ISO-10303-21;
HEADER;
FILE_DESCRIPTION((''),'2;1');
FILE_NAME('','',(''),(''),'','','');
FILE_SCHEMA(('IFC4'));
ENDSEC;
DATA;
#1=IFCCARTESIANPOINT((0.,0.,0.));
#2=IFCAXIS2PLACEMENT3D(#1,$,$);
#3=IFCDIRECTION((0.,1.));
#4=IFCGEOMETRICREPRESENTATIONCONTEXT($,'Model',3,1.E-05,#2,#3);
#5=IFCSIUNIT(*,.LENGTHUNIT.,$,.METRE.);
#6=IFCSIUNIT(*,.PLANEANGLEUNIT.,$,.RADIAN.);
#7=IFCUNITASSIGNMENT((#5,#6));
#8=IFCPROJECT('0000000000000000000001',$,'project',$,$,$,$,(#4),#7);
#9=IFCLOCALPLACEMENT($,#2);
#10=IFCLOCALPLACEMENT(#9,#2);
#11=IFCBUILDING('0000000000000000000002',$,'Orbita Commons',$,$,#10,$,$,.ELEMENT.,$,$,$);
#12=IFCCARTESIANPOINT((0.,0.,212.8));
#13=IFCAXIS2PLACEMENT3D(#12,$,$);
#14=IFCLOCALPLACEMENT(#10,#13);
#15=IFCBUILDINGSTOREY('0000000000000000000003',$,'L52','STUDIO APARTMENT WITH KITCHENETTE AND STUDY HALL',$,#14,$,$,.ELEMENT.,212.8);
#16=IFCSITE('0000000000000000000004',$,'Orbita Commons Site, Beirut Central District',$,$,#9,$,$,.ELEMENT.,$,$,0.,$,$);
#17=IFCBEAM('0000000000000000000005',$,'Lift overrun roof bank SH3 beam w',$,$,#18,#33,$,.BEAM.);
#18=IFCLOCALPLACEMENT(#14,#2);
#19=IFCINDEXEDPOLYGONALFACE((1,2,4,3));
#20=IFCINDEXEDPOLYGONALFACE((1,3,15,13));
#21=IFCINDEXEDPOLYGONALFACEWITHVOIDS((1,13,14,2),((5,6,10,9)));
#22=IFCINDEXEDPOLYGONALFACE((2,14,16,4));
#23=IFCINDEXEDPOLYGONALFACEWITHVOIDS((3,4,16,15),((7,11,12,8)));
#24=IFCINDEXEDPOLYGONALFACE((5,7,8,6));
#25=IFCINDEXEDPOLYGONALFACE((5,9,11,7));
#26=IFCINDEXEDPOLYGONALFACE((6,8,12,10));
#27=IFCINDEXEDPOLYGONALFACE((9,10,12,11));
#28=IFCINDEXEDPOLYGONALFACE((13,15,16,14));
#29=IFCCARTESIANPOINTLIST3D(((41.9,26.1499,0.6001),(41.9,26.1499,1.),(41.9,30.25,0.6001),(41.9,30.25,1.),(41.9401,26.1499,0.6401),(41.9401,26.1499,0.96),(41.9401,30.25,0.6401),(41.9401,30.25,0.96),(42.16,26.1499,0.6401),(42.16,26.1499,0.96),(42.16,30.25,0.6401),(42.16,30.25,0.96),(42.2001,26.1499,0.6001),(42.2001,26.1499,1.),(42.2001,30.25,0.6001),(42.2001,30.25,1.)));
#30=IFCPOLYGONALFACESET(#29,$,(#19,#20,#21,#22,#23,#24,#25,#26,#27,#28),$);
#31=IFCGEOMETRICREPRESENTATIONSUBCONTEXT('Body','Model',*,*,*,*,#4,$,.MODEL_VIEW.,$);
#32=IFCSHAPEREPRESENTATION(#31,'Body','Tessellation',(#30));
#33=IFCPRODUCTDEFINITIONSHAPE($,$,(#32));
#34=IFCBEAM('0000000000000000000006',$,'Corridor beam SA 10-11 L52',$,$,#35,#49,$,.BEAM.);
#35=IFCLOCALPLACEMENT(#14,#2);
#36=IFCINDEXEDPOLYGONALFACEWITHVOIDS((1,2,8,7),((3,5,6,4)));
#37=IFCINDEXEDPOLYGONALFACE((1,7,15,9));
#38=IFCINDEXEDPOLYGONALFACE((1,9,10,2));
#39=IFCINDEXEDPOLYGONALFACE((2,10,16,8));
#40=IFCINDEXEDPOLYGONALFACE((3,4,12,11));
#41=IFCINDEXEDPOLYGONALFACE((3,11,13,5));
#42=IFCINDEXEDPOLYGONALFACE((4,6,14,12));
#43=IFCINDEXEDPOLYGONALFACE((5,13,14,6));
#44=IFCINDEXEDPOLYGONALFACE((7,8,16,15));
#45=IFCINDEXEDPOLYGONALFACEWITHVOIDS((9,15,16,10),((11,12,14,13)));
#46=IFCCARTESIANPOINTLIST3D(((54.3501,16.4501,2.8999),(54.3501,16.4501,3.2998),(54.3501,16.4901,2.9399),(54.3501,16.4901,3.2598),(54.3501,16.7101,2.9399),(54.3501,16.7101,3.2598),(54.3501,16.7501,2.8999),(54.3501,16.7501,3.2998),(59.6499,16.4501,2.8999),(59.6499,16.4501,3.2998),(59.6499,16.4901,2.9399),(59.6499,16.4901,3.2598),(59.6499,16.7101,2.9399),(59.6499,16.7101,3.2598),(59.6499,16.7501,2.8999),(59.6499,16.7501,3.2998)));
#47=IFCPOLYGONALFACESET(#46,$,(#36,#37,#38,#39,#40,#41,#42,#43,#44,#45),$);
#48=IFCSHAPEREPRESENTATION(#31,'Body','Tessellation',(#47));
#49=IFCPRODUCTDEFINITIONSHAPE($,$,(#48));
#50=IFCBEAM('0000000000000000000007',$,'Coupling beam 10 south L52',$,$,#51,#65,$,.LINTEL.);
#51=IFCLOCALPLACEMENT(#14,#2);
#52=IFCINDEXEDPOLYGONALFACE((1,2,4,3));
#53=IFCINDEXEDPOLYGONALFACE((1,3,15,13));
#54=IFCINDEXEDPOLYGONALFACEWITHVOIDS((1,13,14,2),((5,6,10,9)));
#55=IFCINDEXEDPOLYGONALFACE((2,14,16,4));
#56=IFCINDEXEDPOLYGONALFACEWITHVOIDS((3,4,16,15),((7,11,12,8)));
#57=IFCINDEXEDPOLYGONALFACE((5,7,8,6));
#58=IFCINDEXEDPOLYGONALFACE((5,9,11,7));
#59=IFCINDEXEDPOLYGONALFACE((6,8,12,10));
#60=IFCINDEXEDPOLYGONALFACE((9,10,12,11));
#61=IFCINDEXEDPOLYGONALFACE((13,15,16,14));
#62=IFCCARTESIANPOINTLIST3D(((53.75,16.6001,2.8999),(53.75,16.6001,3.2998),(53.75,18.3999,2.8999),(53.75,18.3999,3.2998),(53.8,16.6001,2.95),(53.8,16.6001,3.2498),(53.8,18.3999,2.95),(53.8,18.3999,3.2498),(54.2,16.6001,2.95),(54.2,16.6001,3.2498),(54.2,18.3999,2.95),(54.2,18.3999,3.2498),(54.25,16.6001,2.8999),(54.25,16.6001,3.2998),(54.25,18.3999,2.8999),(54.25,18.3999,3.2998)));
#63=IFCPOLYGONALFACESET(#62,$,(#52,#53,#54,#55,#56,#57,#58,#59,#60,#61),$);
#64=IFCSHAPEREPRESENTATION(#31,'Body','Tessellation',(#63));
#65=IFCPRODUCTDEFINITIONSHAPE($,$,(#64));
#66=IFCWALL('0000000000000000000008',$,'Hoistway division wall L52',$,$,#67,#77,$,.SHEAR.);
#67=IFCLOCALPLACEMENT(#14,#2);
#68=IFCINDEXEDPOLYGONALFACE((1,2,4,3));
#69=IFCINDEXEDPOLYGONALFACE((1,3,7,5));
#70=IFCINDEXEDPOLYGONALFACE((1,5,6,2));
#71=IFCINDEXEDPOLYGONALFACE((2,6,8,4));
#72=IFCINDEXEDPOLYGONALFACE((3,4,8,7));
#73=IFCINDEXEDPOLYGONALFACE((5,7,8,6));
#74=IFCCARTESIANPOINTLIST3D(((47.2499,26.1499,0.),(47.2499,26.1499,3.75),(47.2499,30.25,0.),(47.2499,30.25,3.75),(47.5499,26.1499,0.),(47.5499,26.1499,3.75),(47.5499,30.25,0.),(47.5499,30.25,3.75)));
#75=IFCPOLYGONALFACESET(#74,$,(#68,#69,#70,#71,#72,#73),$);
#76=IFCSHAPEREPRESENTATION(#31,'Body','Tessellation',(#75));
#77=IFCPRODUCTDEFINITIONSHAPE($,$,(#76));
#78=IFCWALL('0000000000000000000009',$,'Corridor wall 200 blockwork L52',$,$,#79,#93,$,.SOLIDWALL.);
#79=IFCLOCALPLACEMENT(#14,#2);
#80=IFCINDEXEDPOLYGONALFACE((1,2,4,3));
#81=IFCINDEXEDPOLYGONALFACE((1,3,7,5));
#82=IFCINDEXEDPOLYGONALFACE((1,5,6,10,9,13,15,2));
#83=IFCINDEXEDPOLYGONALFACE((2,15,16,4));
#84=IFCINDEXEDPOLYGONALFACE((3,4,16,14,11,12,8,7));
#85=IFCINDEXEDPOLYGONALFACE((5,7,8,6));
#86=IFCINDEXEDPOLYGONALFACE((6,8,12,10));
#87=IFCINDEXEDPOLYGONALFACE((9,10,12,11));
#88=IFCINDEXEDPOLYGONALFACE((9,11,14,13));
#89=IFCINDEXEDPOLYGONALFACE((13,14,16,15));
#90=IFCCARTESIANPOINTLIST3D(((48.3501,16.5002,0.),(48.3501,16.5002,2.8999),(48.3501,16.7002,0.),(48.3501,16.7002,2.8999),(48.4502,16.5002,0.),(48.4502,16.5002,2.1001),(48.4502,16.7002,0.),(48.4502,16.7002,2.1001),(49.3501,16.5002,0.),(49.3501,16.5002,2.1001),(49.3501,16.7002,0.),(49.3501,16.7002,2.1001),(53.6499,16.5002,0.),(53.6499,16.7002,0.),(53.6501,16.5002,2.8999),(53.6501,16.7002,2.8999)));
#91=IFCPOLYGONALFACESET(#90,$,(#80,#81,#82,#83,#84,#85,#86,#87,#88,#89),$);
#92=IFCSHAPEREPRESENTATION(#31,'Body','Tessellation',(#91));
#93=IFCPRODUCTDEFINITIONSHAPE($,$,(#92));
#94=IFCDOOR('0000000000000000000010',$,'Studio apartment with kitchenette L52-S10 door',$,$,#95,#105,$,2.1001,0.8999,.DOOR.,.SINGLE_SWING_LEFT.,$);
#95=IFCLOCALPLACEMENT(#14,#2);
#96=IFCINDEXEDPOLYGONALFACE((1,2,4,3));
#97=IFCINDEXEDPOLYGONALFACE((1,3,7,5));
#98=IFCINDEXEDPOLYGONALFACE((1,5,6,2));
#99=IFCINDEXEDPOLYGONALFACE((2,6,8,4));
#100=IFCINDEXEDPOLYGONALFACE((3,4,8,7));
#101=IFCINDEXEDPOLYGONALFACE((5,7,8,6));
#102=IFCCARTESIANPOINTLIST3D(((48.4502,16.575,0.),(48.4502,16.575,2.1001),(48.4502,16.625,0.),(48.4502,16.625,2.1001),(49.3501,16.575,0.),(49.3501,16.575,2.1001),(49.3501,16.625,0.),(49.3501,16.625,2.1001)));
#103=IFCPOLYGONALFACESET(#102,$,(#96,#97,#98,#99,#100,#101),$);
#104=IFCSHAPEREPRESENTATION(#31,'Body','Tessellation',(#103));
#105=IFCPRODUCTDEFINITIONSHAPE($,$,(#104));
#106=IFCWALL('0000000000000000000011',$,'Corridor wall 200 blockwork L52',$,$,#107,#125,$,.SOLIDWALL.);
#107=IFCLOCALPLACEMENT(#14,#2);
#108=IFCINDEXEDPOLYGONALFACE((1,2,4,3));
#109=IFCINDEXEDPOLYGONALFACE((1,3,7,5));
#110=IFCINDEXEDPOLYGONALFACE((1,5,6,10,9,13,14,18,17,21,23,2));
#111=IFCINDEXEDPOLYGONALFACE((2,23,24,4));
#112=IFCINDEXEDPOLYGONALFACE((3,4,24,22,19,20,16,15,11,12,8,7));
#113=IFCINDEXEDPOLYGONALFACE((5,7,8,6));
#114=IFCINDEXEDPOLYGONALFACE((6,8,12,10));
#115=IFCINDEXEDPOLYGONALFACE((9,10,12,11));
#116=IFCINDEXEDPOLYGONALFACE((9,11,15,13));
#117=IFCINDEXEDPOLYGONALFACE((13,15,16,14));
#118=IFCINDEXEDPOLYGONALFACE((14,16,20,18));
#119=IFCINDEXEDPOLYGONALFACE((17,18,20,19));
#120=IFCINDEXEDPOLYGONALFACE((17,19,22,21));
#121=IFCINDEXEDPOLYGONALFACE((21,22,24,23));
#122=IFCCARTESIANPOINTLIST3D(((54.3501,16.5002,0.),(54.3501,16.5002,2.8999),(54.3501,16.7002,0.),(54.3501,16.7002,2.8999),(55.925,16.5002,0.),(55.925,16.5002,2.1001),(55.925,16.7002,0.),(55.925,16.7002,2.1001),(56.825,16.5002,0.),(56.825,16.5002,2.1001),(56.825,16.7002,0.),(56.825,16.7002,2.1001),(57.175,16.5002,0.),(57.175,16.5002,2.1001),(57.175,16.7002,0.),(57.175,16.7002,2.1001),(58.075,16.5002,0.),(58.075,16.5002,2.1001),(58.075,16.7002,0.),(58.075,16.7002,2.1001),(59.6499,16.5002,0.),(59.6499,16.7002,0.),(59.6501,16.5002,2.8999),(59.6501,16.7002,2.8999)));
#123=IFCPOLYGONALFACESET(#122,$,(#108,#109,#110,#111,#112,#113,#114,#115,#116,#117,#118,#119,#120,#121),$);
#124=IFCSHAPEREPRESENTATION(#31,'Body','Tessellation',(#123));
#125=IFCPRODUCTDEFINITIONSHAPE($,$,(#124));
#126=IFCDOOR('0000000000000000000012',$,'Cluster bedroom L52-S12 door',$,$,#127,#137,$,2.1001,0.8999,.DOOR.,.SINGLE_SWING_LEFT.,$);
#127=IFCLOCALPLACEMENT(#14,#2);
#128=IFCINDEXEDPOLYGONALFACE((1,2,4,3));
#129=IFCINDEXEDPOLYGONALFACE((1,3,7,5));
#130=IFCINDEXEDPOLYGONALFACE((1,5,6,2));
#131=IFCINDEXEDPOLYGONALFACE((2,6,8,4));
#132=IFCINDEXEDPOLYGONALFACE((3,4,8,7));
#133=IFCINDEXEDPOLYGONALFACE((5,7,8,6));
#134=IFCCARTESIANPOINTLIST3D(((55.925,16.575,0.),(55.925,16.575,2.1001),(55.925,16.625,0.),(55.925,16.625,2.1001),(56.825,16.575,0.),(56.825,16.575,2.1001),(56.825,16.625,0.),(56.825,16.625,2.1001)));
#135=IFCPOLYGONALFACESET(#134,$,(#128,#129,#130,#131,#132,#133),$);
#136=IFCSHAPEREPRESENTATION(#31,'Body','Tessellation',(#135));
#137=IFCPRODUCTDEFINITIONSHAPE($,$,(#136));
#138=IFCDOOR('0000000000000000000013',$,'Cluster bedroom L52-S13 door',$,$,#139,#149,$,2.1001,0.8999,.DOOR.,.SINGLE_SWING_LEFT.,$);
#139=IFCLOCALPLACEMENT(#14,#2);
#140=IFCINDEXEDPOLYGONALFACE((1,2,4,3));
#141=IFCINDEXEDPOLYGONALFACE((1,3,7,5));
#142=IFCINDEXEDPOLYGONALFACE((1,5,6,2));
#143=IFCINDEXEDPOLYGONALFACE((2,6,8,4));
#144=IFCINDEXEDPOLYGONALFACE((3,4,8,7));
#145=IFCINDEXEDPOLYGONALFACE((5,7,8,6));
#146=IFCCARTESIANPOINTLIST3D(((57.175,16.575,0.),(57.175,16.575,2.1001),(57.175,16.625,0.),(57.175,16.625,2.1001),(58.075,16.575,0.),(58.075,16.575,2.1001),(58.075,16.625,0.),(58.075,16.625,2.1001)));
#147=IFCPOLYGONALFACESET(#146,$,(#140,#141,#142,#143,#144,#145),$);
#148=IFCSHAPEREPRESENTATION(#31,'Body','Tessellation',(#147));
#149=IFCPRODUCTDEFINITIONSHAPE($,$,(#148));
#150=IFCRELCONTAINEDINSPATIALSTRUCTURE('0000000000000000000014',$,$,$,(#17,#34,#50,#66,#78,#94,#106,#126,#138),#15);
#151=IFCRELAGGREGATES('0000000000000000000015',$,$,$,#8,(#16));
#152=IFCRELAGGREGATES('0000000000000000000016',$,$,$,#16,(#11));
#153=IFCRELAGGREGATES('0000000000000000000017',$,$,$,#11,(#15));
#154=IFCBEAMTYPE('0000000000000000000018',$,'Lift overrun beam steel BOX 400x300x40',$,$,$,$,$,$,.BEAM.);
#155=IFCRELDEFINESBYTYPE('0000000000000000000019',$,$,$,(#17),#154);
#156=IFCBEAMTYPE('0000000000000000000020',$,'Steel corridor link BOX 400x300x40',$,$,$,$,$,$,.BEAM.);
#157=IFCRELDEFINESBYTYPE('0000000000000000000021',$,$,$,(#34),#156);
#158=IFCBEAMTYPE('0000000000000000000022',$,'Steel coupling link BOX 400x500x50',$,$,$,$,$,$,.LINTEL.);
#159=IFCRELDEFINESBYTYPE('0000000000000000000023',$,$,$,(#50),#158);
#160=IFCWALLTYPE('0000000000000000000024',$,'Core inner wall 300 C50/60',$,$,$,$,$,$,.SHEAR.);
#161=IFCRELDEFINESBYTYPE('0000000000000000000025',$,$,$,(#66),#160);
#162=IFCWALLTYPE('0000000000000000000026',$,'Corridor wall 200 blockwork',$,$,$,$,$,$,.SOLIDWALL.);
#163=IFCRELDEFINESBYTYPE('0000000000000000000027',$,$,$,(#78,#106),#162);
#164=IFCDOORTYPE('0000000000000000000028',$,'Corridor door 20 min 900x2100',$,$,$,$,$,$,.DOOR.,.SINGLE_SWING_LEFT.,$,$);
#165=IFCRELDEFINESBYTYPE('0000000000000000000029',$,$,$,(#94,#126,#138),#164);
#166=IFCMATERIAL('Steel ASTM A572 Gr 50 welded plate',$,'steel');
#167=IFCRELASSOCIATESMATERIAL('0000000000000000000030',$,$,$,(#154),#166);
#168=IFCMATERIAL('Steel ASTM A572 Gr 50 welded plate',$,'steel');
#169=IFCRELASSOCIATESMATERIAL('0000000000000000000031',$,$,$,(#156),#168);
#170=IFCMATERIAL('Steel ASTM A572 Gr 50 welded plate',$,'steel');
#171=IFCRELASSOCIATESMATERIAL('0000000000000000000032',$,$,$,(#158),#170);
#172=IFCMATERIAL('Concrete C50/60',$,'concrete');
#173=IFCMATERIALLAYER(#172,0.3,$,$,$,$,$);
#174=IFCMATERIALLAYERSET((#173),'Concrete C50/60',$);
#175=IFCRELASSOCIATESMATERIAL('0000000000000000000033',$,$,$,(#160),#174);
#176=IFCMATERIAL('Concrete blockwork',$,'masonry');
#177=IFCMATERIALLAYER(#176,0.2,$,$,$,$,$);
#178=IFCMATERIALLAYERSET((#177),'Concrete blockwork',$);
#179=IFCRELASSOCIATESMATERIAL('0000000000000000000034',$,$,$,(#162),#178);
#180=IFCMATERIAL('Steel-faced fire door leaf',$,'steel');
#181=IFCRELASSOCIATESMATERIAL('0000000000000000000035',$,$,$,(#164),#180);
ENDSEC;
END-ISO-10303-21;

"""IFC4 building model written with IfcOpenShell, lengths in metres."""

from ifc_helpers import new_model, si_unit, direction, frame, frame_2d, origin, origin_2d, place, context, subcontext, project, spatial, polyline, rectangle, hollow_rectangle, outline, extrude, material, layer, layer_set, material_profile, profile_set, type_object, element, fill, save


model = new_model("IFC4")

# Units and contexts
model_context = context("Model", 3, precision=1e-05, world=origin(), true_north=direction((0.0, 1.0)))
body_context = subcontext(model_context, "Body", "Model", "MODEL_VIEW")
ifc_project = project(units=[si_unit("LENGTHUNIT", "METRE"), si_unit("PLANEANGLEUNIT", "RADIAN")], contexts=[model_context])

# Site, building, storey
site_placement = place(None, origin())
site = spatial("IfcSite", under=ifc_project, at=site_placement, Name="Orbita Commons Site, Beirut Central District", CompositionType="ELEMENT", RefElevation=0.0)
building_placement = place(site_placement, origin())
building = spatial("IfcBuilding", under=site, at=building_placement, Name="Orbita Commons", CompositionType="ELEMENT")
storey_placement = place(building_placement, frame((0.0, 0.0, 212.8)))
storey = spatial("IfcBuildingStorey", under=building, at=storey_placement, Name="L52", Description="STUDIO APARTMENT WITH KITCHENETTE AND STUDY HALL", CompositionType="ELEMENT", Elevation=212.8)

# Beams
ifc_material_1 = material(Name="Steel ASTM A572 Gr 50 welded plate", Category="steel")
ifc_material_profile_1 = material_profile(ifc_material_1, hollow_rectangle(XDim=0.3, YDim=0.3999, WallThickness=0.04, at=origin_2d()), Name="BOX 400x300x40")
ifc_profile_set_1 = profile_set([ifc_material_profile_1], Name="Steel ASTM A572 Gr 50 welded plate")
beam_type_1 = type_object("IfcBeamType", Name="Lift overrun beam steel BOX 400x300x40", PredefinedType="BEAM", material=ifc_profile_set_1)
beam_1_placement = place(storey_placement, frame((42.05, 26.1499, 0.8), z_axis=(0.0, 1.0, 0.0), x_axis=(-1.0, 0.0, 0.0)))
element("IfcBeam", 1, at=beam_1_placement, inside=storey, type_object=beam_type_1, Name="Lift overrun roof bank SH3 beam w", PredefinedType="BEAM", context=body_context, shape_type="SweptSolid", body=[
    extrude(hollow_rectangle(XDim=0.3, YDim=0.3999, WallThickness=0.04, at=origin_2d()), origin(), (0.0, 0.0, 1.0), 4.1001),
])
ifc_material_2 = material(Name="Steel ASTM A572 Gr 50 welded plate", Category="steel")
ifc_material_profile_2 = material_profile(ifc_material_2, hollow_rectangle(XDim=0.3, YDim=0.3999, WallThickness=0.04, at=origin_2d()), Name="BOX 400x300x40")
ifc_profile_set_2 = profile_set([ifc_material_profile_2], Name="Steel ASTM A572 Gr 50 welded plate")
beam_type_2 = type_object("IfcBeamType", Name="Steel corridor link BOX 400x300x40", PredefinedType="BEAM", material=ifc_profile_set_2)
beam_2_placement = place(storey_placement, frame((54.3501, 16.6001, 3.0999), z_axis=(1.0, 0.0, 0.0), x_axis=(0.0, 1.0, 0.0)))
element("IfcBeam", 2, at=beam_2_placement, inside=storey, type_object=beam_type_2, Name="Corridor beam SA 10-11 L52", PredefinedType="BEAM", context=body_context, shape_type="SweptSolid", body=[
    extrude(hollow_rectangle(XDim=0.3, YDim=0.3999, WallThickness=0.04, at=origin_2d()), origin(), (0.0, 0.0, 1.0), 5.2998),
])
ifc_material_3 = material(Name="Steel ASTM A572 Gr 50 welded plate", Category="steel")
ifc_material_profile_3 = material_profile(ifc_material_3, hollow_rectangle(XDim=0.5, YDim=0.3999, WallThickness=0.05, at=origin_2d()), Name="BOX 400x500x50")
ifc_profile_set_3 = profile_set([ifc_material_profile_3], Name="Steel ASTM A572 Gr 50 welded plate")
beam_type_3 = type_object("IfcBeamType", Name="Steel coupling link BOX 400x500x50", PredefinedType="LINTEL", material=ifc_profile_set_3)
beam_3_placement = place(storey_placement, frame((54.0, 16.6001, 3.0999), z_axis=(0.0, 1.0, 0.0), x_axis=(-1.0, 0.0, 0.0)))
element("IfcBeam", 3, at=beam_3_placement, inside=storey, type_object=beam_type_3, Name="Coupling beam 10 south L52", PredefinedType="LINTEL", context=body_context, shape_type="SweptSolid", body=[
    extrude(hollow_rectangle(XDim=0.5, YDim=0.3999, WallThickness=0.05, at=origin_2d()), origin(), (0.0, 0.0, 1.0), 1.7998),
])

# Wall
ifc_material_4 = material(Name="Concrete C50/60", Category="concrete")
ifc_layer_1 = layer(ifc_material_4, 0.3)
ifc_layer_set_1 = layer_set([ifc_layer_1], Name="Concrete C50/60")
wall_type_1 = type_object("IfcWallType", Name="Core inner wall 300 C50/60", PredefinedType="SHEAR", material=ifc_layer_set_1)
wall_1_placement = place(storey_placement, frame((47.3999, 26.1499, 0.0), z_axis=(0.0, 0.0, 1.0), x_axis=(0.0, 1.0, 0.0)))
element("IfcWall", 4, at=wall_1_placement, inside=storey, type_object=wall_type_1, Name="Hoistway division wall L52", PredefinedType="SHEAR", context=body_context, shape_type="SweptSolid", body=[
    extrude(rectangle(XDim=4.1001, YDim=0.3, at=frame_2d((2.05, 0.0))), origin(), (0.0, 0.0, 1.0), 3.75),
])

# Wall, opening, door
ifc_material_5 = material(Name="Concrete blockwork", Category="masonry")
ifc_layer_2 = layer(ifc_material_5, 0.2)
ifc_layer_set_2 = layer_set([ifc_layer_2], Name="Concrete blockwork")
wall_type_2 = type_object("IfcWallType", Name="Corridor wall 200 blockwork", PredefinedType="SOLIDWALL", material=ifc_layer_set_2)
wall_2_placement = place(storey_placement, frame((48.3501, 16.6001, 0.0), z_axis=(0.0, 0.0, 1.0), x_axis=(1.0, 0.0, 0.0)))
wall_2 = element("IfcWall", 5, at=wall_2_placement, inside=storey, type_object=wall_type_2, Name="Corridor wall 200 blockwork L52", PredefinedType="SOLIDWALL", context=body_context, shape_type="SweptSolid", body=[
    extrude(outline(polyline([(0.0, 0.0), (5.2998, 0.0), (5.3, 2.8999), (0.0, 2.8999), (0.0, 0.0)])), frame((0.0, 0.1001, 0.0), z_axis=(0.0, -1.0, 0.0), x_axis=(1.0, 0.0, 0.0)), (0.0, 0.0, 1.0), 0.2),
])
opening_1_placement = place(wall_2_placement, frame((0.1001, 0.0, 0.0)))
opening_1 = element("IfcOpeningElement", 6, at=opening_1_placement, cuts=wall_2, PredefinedType="OPENING", context=body_context, shape_type="SweptSolid", body=[
    extrude(rectangle(XDim=0.8999, YDim=2.1001, at=frame_2d((0.45, 1.05))), frame((0.0, 0.1099, 0.0), z_axis=(0.0, -1.0, 0.0), x_axis=(1.0, 0.0, 0.0)), (0.0, 0.0, 1.0), 0.22),
])
ifc_material_6 = material(Name="Steel-faced fire door leaf", Category="steel")
door_type_1 = type_object("IfcDoorType", Name="Corridor door 20 min 900x2100", OperationType="SINGLE_SWING_LEFT", PredefinedType="DOOR", material=ifc_material_6)
door_1_placement = place(opening_1_placement, origin())
door_1 = element("IfcDoor", 7, at=door_1_placement, inside=storey, type_object=door_type_1, Name="Studio apartment with kitchenette L52-S10 door", OperationType="SINGLE_SWING_LEFT", OverallHeight=2.1001, OverallWidth=0.8999, PredefinedType="DOOR", context=body_context, shape_type="SweptSolid", body=[
    extrude(rectangle(XDim=0.8999, YDim=2.1001, at=frame_2d((0.45, 1.05))), frame((0.0, 0.0249, 0.0), z_axis=(0.0, -1.0, 0.0), x_axis=(1.0, 0.0, 0.0)), (0.0, 0.0, 1.0), 0.05),
])
fill(opening_1, door_1)

# Wall, openings, doors
wall_3_placement = place(storey_placement, frame((54.3501, 16.6001, 0.0), z_axis=(0.0, 0.0, 1.0), x_axis=(1.0, 0.0, 0.0)))
wall_3 = element("IfcWall", 8, at=wall_3_placement, inside=storey, type_object=wall_type_2, Name="Corridor wall 200 blockwork L52", PredefinedType="SOLIDWALL", context=body_context, shape_type="SweptSolid", body=[
    extrude(outline(polyline([(0.0, 0.0), (5.2998, 0.0), (5.3, 2.8999), (0.0, 2.8999), (0.0, 0.0)])), frame((0.0, 0.1001, 0.0), z_axis=(0.0, -1.0, 0.0), x_axis=(1.0, 0.0, 0.0)), (0.0, 0.0, 1.0), 0.2),
])
opening_2_placement = place(wall_3_placement, frame((1.575, 0.0, 0.0)))
opening_2 = element("IfcOpeningElement", 9, at=opening_2_placement, cuts=wall_3, PredefinedType="OPENING", context=body_context, shape_type="SweptSolid", body=[
    extrude(rectangle(XDim=0.8999, YDim=2.1001, at=frame_2d((0.45, 1.05))), frame((0.0, 0.1099, 0.0), z_axis=(0.0, -1.0, 0.0), x_axis=(1.0, 0.0, 0.0)), (0.0, 0.0, 1.0), 0.22),
])
opening_3_placement = place(wall_3_placement, frame((2.825, 0.0, 0.0)))
opening_3 = element("IfcOpeningElement", 10, at=opening_3_placement, cuts=wall_3, PredefinedType="OPENING", context=body_context, shape_type="SweptSolid", body=[
    extrude(rectangle(XDim=0.8999, YDim=2.1001, at=frame_2d((0.45, 1.05))), frame((0.0, 0.1099, 0.0), z_axis=(0.0, -1.0, 0.0), x_axis=(1.0, 0.0, 0.0)), (0.0, 0.0, 1.0), 0.22),
])
door_2_placement = place(opening_2_placement, origin())
door_2 = element("IfcDoor", 11, at=door_2_placement, inside=storey, type_object=door_type_1, Name="Cluster bedroom L52-S12 door", OperationType="SINGLE_SWING_LEFT", OverallHeight=2.1001, OverallWidth=0.8999, PredefinedType="DOOR", context=body_context, shape_type="SweptSolid", body=[
    extrude(rectangle(XDim=0.8999, YDim=2.1001, at=frame_2d((0.45, 1.05))), frame((0.0, 0.0249, 0.0), z_axis=(0.0, -1.0, 0.0), x_axis=(1.0, 0.0, 0.0)), (0.0, 0.0, 1.0), 0.05),
])
fill(opening_2, door_2)
door_3_placement = place(opening_3_placement, origin())
door_3 = element("IfcDoor", 12, at=door_3_placement, inside=storey, type_object=door_type_1, Name="Cluster bedroom L52-S13 door", OperationType="SINGLE_SWING_LEFT", OverallHeight=2.1001, OverallWidth=0.8999, PredefinedType="DOOR", context=body_context, shape_type="SweptSolid", body=[
    extrude(rectangle(XDim=0.8999, YDim=2.1001, at=frame_2d((0.45, 1.05))), frame((0.0, 0.0249, 0.0), z_axis=(0.0, -1.0, 0.0), x_axis=(1.0, 0.0, 0.0)), (0.0, 0.0, 1.0), 0.05),
])
fill(opening_3, door_3)

save(model, "model.ifc")
